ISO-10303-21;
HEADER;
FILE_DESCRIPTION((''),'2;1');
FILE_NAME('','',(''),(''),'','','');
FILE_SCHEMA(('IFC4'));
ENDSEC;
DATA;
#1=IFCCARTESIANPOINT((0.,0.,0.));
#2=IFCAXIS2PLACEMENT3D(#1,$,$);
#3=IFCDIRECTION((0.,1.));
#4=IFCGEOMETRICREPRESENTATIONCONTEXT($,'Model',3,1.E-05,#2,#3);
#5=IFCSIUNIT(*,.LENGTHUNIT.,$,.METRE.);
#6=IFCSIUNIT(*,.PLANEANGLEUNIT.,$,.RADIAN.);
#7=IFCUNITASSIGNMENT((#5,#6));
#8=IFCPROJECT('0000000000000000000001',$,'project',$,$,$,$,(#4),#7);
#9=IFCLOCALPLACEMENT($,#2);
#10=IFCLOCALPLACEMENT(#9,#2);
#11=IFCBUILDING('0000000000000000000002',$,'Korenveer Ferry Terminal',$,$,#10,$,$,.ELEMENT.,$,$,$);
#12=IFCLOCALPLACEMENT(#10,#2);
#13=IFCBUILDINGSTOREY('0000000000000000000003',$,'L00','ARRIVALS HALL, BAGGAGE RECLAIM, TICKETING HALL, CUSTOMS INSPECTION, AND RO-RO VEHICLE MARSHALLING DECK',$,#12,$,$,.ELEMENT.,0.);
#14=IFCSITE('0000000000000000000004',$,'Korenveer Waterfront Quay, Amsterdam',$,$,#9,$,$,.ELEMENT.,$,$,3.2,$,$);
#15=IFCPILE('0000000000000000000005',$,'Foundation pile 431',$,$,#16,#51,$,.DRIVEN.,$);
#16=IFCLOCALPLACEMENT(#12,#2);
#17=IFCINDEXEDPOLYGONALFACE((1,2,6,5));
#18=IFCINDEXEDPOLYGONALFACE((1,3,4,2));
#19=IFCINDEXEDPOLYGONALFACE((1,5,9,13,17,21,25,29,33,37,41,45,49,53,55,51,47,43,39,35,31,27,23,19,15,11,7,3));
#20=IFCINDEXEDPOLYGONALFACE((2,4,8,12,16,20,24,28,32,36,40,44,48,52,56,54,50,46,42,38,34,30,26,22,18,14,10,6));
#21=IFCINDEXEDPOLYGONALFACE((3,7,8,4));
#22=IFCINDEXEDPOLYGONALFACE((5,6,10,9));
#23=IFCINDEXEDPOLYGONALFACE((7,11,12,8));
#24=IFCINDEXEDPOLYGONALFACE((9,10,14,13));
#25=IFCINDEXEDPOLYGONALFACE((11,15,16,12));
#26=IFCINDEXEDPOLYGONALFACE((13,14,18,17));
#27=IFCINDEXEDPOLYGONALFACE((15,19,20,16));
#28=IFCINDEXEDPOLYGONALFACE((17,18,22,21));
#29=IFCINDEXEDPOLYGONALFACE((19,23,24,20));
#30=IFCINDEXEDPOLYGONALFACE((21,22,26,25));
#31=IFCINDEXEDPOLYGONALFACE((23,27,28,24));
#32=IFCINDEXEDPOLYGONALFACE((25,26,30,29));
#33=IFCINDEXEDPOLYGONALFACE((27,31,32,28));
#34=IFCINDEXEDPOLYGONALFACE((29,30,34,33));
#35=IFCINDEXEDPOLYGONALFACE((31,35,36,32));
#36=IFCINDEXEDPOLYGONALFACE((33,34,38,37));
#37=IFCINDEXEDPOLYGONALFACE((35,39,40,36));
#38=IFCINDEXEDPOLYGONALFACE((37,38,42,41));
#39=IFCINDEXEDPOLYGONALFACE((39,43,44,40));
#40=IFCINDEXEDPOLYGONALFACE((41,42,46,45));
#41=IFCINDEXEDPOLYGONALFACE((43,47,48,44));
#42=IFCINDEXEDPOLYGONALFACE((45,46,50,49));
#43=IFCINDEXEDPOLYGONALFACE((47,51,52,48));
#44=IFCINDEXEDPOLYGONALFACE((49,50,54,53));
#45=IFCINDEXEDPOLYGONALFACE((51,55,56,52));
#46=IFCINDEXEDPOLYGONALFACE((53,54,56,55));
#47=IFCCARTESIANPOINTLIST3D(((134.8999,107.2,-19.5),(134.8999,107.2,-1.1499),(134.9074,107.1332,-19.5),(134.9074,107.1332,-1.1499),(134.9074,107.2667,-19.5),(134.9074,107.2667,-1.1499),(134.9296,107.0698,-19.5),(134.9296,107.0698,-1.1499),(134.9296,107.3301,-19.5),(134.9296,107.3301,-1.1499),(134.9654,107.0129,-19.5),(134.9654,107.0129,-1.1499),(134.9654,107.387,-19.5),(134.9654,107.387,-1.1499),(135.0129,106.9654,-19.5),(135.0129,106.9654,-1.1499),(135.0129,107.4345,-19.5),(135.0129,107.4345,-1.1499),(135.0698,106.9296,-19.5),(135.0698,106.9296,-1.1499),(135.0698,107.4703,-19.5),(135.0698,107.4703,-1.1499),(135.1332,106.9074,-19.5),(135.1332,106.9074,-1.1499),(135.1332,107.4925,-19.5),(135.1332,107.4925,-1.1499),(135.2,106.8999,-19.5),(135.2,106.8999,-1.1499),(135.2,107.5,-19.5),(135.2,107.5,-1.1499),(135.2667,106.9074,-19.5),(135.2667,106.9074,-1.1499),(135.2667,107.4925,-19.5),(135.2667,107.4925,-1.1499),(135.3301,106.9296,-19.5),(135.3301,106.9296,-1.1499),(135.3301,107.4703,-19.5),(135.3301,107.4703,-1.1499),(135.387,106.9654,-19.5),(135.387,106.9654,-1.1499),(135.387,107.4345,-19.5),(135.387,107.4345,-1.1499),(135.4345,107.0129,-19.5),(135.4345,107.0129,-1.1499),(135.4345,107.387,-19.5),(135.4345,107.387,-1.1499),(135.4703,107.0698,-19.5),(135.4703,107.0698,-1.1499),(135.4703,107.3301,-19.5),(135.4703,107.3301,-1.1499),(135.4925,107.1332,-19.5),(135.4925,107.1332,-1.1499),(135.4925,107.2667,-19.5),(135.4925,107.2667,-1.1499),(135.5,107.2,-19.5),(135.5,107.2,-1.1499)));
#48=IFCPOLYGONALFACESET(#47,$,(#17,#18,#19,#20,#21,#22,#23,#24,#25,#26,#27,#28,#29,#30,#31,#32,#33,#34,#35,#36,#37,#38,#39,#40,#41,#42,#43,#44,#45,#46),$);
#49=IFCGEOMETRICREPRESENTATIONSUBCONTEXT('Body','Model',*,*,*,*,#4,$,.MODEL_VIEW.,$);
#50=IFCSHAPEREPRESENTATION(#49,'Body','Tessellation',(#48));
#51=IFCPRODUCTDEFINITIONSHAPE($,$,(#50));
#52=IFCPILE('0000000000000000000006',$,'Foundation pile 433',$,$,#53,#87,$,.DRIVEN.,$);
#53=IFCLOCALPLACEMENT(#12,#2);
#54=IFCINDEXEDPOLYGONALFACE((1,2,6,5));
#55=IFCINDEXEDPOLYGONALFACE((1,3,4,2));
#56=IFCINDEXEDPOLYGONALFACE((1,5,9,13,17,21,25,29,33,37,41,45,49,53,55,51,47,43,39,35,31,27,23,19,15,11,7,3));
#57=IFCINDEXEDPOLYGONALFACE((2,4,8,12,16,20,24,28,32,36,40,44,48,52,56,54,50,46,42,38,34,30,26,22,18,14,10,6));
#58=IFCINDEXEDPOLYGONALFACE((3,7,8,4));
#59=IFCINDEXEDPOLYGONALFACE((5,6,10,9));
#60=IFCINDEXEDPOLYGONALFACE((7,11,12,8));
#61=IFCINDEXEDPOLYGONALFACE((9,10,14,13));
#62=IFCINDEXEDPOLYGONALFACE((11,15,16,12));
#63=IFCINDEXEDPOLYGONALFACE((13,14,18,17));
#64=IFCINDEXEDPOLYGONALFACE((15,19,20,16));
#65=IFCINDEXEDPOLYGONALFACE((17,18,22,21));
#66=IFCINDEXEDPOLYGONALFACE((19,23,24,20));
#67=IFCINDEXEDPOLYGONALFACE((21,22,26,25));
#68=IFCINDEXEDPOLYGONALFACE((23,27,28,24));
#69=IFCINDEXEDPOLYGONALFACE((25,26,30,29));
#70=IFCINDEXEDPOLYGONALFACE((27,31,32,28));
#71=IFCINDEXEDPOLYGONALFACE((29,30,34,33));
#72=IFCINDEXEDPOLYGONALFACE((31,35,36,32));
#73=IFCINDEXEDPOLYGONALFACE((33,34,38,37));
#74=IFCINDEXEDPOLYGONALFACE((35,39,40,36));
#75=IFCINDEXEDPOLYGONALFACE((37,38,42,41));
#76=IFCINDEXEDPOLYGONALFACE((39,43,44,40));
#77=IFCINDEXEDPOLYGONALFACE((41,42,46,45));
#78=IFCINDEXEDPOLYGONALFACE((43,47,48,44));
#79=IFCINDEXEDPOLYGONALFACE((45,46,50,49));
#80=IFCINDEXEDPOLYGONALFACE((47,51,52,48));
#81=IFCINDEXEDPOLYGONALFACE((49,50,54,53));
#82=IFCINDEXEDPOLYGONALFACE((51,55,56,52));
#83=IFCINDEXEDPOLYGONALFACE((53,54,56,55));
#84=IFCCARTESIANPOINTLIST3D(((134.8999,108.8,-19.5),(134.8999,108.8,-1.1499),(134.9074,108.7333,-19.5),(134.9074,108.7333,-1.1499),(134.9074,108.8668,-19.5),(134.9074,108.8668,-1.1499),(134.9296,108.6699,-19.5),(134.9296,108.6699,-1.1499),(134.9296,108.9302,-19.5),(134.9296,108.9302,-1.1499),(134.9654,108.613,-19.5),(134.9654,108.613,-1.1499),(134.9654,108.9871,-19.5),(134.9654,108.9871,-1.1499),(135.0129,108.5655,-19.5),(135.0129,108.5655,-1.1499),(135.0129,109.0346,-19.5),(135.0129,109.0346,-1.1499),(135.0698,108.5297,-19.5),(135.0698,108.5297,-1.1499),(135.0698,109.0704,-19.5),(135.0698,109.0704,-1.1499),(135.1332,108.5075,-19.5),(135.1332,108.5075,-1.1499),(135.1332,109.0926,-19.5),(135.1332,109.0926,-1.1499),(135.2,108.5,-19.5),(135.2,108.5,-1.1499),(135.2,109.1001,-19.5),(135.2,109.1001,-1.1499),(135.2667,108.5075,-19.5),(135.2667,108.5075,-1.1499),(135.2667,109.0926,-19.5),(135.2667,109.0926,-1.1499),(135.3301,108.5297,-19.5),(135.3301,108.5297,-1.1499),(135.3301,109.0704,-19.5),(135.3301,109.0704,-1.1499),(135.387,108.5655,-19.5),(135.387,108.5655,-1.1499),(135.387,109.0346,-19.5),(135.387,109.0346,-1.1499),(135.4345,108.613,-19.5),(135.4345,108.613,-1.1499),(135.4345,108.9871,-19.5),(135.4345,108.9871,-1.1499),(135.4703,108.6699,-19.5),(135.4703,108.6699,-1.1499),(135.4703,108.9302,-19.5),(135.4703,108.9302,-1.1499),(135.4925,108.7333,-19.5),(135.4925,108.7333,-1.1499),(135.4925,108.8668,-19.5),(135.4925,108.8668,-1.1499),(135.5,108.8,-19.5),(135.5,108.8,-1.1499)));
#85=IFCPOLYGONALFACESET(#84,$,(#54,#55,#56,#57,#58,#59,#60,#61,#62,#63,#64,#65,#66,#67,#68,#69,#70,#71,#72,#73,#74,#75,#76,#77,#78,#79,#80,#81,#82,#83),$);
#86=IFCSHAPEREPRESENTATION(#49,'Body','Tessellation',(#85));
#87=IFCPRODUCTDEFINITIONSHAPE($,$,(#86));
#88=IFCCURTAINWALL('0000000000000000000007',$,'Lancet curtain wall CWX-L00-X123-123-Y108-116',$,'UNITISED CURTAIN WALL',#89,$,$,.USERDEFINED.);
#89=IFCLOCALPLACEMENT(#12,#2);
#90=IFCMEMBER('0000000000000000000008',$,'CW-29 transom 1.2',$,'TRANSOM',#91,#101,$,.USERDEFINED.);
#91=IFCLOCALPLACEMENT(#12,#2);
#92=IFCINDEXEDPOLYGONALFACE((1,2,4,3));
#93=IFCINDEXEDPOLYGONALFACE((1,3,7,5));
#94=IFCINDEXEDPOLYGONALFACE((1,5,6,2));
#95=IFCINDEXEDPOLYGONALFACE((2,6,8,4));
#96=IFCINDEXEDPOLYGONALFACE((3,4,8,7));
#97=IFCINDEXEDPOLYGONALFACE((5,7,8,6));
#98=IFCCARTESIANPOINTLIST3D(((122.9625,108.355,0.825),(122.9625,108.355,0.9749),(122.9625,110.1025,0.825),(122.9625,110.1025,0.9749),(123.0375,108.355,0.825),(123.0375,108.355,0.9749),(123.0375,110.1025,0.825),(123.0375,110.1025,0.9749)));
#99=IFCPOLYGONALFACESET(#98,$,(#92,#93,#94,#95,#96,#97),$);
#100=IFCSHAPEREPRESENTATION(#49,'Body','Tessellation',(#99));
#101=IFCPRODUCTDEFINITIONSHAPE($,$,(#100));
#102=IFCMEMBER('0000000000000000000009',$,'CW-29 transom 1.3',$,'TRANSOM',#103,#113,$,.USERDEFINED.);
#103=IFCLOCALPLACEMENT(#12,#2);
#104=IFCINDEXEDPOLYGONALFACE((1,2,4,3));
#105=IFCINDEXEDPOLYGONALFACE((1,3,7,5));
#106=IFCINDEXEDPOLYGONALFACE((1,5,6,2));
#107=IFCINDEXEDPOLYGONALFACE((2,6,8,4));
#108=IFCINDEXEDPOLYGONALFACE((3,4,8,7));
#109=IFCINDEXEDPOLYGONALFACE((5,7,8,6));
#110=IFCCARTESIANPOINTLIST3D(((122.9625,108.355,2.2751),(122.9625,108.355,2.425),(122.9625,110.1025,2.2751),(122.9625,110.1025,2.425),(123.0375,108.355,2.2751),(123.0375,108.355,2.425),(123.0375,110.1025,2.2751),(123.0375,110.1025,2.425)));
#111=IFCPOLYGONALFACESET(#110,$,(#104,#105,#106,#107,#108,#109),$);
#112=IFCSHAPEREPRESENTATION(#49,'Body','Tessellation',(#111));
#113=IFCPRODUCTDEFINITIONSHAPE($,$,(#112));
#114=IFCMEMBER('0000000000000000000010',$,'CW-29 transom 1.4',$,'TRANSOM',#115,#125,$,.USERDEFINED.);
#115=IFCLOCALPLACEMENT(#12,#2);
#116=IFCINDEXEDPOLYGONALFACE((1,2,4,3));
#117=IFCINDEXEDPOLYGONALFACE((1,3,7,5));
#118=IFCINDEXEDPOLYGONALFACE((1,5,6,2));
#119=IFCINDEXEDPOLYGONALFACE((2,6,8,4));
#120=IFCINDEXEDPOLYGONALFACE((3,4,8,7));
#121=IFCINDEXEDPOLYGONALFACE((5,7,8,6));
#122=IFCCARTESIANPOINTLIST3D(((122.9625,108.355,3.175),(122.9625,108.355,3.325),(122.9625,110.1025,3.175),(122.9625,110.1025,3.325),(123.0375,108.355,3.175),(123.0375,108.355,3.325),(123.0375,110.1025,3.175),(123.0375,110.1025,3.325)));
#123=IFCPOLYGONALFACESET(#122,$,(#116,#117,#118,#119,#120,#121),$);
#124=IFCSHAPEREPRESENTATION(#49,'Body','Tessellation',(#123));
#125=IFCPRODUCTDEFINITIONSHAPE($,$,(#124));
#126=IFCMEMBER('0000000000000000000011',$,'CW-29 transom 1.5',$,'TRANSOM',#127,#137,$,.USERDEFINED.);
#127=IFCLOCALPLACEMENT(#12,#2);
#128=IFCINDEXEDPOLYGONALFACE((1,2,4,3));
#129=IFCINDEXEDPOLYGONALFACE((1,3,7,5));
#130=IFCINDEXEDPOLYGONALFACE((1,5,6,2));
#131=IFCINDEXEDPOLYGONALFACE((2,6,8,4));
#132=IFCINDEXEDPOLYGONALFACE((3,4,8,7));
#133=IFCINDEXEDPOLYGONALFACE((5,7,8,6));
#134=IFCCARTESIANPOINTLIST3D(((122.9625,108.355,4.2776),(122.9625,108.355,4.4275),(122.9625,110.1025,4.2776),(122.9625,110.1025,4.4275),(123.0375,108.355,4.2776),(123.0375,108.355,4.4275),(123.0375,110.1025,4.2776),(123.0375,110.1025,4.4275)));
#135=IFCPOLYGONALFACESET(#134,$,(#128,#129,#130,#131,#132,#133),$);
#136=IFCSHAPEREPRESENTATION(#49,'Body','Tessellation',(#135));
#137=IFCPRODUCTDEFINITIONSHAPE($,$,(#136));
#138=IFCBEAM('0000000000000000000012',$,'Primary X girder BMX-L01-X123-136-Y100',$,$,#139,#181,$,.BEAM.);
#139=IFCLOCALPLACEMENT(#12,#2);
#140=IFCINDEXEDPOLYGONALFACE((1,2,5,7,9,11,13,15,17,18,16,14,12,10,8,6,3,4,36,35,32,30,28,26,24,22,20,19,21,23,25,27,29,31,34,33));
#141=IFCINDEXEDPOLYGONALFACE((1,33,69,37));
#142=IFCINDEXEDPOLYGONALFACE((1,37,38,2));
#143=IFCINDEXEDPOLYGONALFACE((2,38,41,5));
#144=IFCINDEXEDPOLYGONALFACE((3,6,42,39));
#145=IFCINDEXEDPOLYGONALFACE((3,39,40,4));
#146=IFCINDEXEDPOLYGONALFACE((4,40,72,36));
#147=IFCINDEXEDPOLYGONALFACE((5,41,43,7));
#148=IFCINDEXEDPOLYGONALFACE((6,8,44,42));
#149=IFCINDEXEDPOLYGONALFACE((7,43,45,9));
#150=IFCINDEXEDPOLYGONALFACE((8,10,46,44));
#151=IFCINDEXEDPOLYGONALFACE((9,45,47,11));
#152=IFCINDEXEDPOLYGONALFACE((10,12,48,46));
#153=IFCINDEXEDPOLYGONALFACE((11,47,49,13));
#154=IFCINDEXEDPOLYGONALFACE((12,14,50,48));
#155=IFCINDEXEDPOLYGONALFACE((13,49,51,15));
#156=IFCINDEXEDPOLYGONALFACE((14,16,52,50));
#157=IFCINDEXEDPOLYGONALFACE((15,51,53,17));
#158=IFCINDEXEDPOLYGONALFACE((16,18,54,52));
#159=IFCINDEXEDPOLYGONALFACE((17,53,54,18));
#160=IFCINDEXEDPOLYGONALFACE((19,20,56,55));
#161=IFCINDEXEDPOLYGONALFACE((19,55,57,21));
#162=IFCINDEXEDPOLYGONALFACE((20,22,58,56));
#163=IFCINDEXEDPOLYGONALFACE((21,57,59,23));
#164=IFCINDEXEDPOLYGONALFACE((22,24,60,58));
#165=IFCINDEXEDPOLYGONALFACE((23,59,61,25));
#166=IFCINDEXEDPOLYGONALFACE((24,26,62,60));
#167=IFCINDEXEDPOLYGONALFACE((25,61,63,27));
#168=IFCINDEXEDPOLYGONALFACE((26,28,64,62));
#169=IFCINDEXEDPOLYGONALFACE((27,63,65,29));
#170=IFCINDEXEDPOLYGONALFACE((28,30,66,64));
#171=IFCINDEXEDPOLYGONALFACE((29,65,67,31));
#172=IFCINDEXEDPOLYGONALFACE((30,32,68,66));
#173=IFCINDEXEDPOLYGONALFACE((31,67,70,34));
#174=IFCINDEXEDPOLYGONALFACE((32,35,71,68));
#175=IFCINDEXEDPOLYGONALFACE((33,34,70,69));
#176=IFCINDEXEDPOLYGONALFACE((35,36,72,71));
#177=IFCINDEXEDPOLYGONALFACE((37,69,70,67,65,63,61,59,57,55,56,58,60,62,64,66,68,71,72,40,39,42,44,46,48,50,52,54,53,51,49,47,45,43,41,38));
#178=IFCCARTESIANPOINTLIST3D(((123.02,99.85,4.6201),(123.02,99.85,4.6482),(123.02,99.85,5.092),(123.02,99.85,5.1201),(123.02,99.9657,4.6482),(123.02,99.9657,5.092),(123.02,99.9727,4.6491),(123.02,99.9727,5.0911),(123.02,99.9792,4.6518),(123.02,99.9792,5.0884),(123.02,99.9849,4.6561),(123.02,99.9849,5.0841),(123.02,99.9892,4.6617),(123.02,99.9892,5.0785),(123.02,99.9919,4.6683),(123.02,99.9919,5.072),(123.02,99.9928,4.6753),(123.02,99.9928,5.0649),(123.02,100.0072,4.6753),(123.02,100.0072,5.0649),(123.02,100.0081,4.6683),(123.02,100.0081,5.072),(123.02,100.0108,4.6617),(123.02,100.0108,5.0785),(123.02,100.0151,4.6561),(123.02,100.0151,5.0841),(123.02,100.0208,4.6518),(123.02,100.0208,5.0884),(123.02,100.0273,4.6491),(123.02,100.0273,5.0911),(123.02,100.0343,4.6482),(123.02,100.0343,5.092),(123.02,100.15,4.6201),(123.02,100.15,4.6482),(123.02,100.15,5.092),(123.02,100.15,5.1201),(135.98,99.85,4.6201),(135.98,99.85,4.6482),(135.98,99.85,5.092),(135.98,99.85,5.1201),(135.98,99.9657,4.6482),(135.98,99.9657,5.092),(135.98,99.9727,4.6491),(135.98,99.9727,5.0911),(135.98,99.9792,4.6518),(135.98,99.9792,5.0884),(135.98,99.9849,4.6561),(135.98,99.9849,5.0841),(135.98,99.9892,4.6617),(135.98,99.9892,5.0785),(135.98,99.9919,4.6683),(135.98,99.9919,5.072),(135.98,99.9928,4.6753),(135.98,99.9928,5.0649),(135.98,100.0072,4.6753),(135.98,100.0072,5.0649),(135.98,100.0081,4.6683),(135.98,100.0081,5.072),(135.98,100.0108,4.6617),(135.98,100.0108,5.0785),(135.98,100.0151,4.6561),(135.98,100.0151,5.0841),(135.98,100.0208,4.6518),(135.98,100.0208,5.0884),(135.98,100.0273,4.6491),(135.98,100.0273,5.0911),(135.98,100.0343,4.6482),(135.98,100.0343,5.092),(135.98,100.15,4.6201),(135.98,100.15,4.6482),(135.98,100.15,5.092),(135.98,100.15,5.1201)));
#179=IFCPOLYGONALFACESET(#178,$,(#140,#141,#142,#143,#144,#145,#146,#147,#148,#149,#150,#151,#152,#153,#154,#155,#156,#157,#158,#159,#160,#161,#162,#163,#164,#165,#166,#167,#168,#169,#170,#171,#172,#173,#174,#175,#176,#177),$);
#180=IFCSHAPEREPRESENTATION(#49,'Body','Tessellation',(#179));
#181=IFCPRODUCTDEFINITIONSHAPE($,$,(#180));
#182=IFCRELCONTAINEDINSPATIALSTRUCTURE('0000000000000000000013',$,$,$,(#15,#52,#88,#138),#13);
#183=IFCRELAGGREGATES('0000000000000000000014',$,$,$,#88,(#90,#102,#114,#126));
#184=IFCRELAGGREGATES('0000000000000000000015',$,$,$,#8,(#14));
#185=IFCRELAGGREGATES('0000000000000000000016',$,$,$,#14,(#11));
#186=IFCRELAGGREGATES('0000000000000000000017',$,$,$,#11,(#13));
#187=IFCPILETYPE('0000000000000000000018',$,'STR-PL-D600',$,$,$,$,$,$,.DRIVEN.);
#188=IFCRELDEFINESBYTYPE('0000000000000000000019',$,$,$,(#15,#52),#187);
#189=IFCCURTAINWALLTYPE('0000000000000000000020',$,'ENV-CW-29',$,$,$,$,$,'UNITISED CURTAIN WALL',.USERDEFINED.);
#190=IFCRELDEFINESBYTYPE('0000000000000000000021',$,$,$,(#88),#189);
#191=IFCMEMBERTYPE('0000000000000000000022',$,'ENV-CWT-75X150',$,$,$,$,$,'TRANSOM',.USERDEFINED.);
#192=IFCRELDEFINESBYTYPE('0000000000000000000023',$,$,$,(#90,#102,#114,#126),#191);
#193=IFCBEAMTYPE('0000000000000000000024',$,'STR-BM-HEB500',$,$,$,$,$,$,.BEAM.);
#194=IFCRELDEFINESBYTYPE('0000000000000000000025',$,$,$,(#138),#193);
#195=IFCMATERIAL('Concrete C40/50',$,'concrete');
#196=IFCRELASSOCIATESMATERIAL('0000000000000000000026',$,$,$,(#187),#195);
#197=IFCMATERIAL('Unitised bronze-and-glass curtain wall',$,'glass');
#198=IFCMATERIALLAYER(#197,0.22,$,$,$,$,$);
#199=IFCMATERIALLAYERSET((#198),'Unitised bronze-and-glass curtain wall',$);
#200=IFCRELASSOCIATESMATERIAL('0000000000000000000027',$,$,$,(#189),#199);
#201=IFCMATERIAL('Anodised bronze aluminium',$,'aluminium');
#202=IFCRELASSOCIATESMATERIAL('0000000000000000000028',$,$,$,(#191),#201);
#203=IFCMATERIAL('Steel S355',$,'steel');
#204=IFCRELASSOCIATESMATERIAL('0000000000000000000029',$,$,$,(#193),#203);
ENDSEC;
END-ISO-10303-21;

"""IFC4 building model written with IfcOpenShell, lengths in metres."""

from ifc_helpers import new_model, si_unit, direction, frame, origin, origin_2d, place, context, subcontext, project, spatial, rectangle, circle, i_section, extrude, material, layer, layer_set, material_profile, profile_set, type_object, element, aggregate, save


model = new_model("IFC4")

# Units and contexts
model_context = context("Model", 3, precision=1e-05, world=origin(), true_north=direction((0.0, 1.0)))
body_context = subcontext(model_context, "Body", "Model", "MODEL_VIEW")
ifc_project = project(units=[si_unit("LENGTHUNIT", "METRE"), si_unit("PLANEANGLEUNIT", "RADIAN")], contexts=[model_context])

# Site, building, storey
site_placement = place(None, origin())
site = spatial("IfcSite", under=ifc_project, at=site_placement, Name="Korenveer Waterfront Quay, Amsterdam", CompositionType="ELEMENT", RefElevation=3.2)
building_placement = place(site_placement, origin())
building = spatial("IfcBuilding", under=site, at=building_placement, Name="Korenveer Ferry Terminal", CompositionType="ELEMENT")
storey_placement = place(building_placement, origin())
storey = spatial("IfcBuildingStorey", under=building, at=storey_placement, Name="L00", Description="ARRIVALS HALL, BAGGAGE RECLAIM, TICKETING HALL, CUSTOMS INSPECTION, AND RO-RO VEHICLE MARSHALLING DECK", CompositionType="ELEMENT", Elevation=0.0)

# Shared definitions
ifc_material_1 = material(Name="Concrete C40/50", Category="concrete")

# Piles
ifc_material_profile_1 = material_profile(ifc_material_1, circle(Radius=0.3, at=origin_2d()), Name="PILE D600")
ifc_profile_set_1 = profile_set([ifc_material_profile_1], Name="Concrete C40/50")
pile_type = type_object("IfcPileType", Name="STR-PL-D600", PredefinedType="DRIVEN", material=ifc_profile_set_1)
for number, where, z_axis, x_axis, name in (
    (1, (135.2, 107.2, -1.1499), (0.0, 0.0, -1.0), (1.0, 0.0, 0.0), "Foundation pile 431"),
    (2, (135.2, 108.8, -1.1499), (0.0, 0.0, -1.0), (1.0, 0.0, 0.0), "Foundation pile 433"),
):
    element("IfcPile", number, at=place(storey_placement, frame(where, z_axis=z_axis, x_axis=x_axis)), inside=storey, type_object=pile_type, Name=name, PredefinedType="DRIVEN", context=body_context, shape_type="SweptSolid", body=[
        extrude(circle(Radius=0.3, at=origin_2d()), origin(), (0.0, 0.0, 1.0), 18.3501),
    ])

# Curtain wall, members
ifc_material_2 = material(Name="Unitised bronze-and-glass curtain wall", Category="glass")
ifc_layer_1 = layer(ifc_material_2, 0.22)
ifc_layer_set_1 = layer_set([ifc_layer_1], Name="Unitised bronze-and-glass curtain wall")
curtain_wall_type = type_object("IfcCurtainWallType", Name="ENV-CW-29", ElementType="UNITISED CURTAIN WALL", PredefinedType="USERDEFINED", material=ifc_layer_set_1)
curtain_wall_placement = place(storey_placement, frame((123.0, 108.28, 0.0)))
curtain_wall = element("IfcCurtainWall", 3, at=curtain_wall_placement, inside=storey, type_object=curtain_wall_type, Name="Lancet curtain wall CWX-L00-X123-123-Y108-116", ObjectType="UNITISED CURTAIN WALL", PredefinedType="USERDEFINED")
ifc_material_3 = material(Name="Anodised bronze aluminium", Category="aluminium")
ifc_material_profile_2 = material_profile(ifc_material_3, rectangle(XDim=0.075, YDim=0.1499, at=origin_2d()), Name="ALU 75x150")
ifc_profile_set_2 = profile_set([ifc_material_profile_2], Name="Anodised bronze aluminium")
member_type = type_object("IfcMemberType", Name="ENV-CWT-75X150", ElementType="TRANSOM", PredefinedType="USERDEFINED", material=ifc_profile_set_2)
member_1_placement = place(storey_placement, frame((123.0, 108.355, 0.8999), z_axis=(0.0, 1.0, 0.0), x_axis=(-1.0, 0.0, 0.0)))
member_1 = element("IfcMember", 4, at=member_1_placement, type_object=member_type, Name="CW-29 transom 1.2", ObjectType="TRANSOM", PredefinedType="USERDEFINED", context=body_context, shape_type="SweptSolid", body=[
    extrude(rectangle(XDim=0.075, YDim=0.1499, at=origin_2d()), origin(), (0.0, 0.0, 1.0), 1.7476),
])
member_2_placement = place(storey_placement, frame((123.0, 108.355, 2.3501), z_axis=(0.0, 1.0, 0.0), x_axis=(-1.0, 0.0, 0.0)))
member_2 = element("IfcMember", 5, at=member_2_placement, type_object=member_type, Name="CW-29 transom 1.3", ObjectType="TRANSOM", PredefinedType="USERDEFINED", context=body_context, shape_type="SweptSolid", body=[
    extrude(rectangle(XDim=0.075, YDim=0.1499, at=origin_2d()), origin(), (0.0, 0.0, 1.0), 1.7476),
])
member_3_placement = place(storey_placement, frame((123.0, 108.355, 3.25), z_axis=(0.0, 1.0, 0.0), x_axis=(-1.0, 0.0, 0.0)))
member_3 = element("IfcMember", 6, at=member_3_placement, type_object=member_type, Name="CW-29 transom 1.4", ObjectType="TRANSOM", PredefinedType="USERDEFINED", context=body_context, shape_type="SweptSolid", body=[
    extrude(rectangle(XDim=0.075, YDim=0.1499, at=origin_2d()), origin(), (0.0, 0.0, 1.0), 1.7476),
])
member_4_placement = place(storey_placement, frame((123.0, 108.355, 4.3525), z_axis=(0.0, 1.0, 0.0), x_axis=(-1.0, 0.0, 0.0)))
member_4 = element("IfcMember", 7, at=member_4_placement, type_object=member_type, Name="CW-29 transom 1.5", ObjectType="TRANSOM", PredefinedType="USERDEFINED", context=body_context, shape_type="SweptSolid", body=[
    extrude(rectangle(XDim=0.075, YDim=0.1499, at=origin_2d()), origin(), (0.0, 0.0, 1.0), 1.7476),
])

# Beam
ifc_material_4 = material(Name="Steel S355", Category="steel")
ifc_material_profile_3 = material_profile(ifc_material_4, i_section(OverallWidth=0.3, OverallDepth=0.5, WebThickness=0.0144, FlangeThickness=0.0281, FilletRadius=0.0271, at=origin_2d()), Name="HEB 500")
ifc_profile_set_3 = profile_set([ifc_material_profile_3], Name="Steel S355")
beam_type_1 = type_object("IfcBeamType", Name="STR-BM-HEB500", PredefinedType="BEAM", material=ifc_profile_set_3)
for number, where, z_axis, x_axis, name in (
    (8, (123.02, 100.0, 4.8701), (1.0, 0.0, 0.0), (0.0, 1.0, 0.0), "Primary X girder BMX-L01-X123-136-Y100"),
):
    element("IfcBeam", number, at=place(storey_placement, frame(where, z_axis=z_axis, x_axis=x_axis)), inside=storey, type_object=beam_type_1, Name=name, PredefinedType="BEAM", context=body_context, shape_type="SweptSolid", body=[
        extrude(i_section(OverallWidth=0.3, OverallDepth=0.5, WebThickness=0.0144, FlangeThickness=0.0281, FilletRadius=0.0271, at=origin_2d()), origin(), (0.0, 0.0, 1.0), 12.96),
    ])

aggregate(curtain_wall, [member_1, member_2, member_3, member_4])

save(model, "model.ifc")
